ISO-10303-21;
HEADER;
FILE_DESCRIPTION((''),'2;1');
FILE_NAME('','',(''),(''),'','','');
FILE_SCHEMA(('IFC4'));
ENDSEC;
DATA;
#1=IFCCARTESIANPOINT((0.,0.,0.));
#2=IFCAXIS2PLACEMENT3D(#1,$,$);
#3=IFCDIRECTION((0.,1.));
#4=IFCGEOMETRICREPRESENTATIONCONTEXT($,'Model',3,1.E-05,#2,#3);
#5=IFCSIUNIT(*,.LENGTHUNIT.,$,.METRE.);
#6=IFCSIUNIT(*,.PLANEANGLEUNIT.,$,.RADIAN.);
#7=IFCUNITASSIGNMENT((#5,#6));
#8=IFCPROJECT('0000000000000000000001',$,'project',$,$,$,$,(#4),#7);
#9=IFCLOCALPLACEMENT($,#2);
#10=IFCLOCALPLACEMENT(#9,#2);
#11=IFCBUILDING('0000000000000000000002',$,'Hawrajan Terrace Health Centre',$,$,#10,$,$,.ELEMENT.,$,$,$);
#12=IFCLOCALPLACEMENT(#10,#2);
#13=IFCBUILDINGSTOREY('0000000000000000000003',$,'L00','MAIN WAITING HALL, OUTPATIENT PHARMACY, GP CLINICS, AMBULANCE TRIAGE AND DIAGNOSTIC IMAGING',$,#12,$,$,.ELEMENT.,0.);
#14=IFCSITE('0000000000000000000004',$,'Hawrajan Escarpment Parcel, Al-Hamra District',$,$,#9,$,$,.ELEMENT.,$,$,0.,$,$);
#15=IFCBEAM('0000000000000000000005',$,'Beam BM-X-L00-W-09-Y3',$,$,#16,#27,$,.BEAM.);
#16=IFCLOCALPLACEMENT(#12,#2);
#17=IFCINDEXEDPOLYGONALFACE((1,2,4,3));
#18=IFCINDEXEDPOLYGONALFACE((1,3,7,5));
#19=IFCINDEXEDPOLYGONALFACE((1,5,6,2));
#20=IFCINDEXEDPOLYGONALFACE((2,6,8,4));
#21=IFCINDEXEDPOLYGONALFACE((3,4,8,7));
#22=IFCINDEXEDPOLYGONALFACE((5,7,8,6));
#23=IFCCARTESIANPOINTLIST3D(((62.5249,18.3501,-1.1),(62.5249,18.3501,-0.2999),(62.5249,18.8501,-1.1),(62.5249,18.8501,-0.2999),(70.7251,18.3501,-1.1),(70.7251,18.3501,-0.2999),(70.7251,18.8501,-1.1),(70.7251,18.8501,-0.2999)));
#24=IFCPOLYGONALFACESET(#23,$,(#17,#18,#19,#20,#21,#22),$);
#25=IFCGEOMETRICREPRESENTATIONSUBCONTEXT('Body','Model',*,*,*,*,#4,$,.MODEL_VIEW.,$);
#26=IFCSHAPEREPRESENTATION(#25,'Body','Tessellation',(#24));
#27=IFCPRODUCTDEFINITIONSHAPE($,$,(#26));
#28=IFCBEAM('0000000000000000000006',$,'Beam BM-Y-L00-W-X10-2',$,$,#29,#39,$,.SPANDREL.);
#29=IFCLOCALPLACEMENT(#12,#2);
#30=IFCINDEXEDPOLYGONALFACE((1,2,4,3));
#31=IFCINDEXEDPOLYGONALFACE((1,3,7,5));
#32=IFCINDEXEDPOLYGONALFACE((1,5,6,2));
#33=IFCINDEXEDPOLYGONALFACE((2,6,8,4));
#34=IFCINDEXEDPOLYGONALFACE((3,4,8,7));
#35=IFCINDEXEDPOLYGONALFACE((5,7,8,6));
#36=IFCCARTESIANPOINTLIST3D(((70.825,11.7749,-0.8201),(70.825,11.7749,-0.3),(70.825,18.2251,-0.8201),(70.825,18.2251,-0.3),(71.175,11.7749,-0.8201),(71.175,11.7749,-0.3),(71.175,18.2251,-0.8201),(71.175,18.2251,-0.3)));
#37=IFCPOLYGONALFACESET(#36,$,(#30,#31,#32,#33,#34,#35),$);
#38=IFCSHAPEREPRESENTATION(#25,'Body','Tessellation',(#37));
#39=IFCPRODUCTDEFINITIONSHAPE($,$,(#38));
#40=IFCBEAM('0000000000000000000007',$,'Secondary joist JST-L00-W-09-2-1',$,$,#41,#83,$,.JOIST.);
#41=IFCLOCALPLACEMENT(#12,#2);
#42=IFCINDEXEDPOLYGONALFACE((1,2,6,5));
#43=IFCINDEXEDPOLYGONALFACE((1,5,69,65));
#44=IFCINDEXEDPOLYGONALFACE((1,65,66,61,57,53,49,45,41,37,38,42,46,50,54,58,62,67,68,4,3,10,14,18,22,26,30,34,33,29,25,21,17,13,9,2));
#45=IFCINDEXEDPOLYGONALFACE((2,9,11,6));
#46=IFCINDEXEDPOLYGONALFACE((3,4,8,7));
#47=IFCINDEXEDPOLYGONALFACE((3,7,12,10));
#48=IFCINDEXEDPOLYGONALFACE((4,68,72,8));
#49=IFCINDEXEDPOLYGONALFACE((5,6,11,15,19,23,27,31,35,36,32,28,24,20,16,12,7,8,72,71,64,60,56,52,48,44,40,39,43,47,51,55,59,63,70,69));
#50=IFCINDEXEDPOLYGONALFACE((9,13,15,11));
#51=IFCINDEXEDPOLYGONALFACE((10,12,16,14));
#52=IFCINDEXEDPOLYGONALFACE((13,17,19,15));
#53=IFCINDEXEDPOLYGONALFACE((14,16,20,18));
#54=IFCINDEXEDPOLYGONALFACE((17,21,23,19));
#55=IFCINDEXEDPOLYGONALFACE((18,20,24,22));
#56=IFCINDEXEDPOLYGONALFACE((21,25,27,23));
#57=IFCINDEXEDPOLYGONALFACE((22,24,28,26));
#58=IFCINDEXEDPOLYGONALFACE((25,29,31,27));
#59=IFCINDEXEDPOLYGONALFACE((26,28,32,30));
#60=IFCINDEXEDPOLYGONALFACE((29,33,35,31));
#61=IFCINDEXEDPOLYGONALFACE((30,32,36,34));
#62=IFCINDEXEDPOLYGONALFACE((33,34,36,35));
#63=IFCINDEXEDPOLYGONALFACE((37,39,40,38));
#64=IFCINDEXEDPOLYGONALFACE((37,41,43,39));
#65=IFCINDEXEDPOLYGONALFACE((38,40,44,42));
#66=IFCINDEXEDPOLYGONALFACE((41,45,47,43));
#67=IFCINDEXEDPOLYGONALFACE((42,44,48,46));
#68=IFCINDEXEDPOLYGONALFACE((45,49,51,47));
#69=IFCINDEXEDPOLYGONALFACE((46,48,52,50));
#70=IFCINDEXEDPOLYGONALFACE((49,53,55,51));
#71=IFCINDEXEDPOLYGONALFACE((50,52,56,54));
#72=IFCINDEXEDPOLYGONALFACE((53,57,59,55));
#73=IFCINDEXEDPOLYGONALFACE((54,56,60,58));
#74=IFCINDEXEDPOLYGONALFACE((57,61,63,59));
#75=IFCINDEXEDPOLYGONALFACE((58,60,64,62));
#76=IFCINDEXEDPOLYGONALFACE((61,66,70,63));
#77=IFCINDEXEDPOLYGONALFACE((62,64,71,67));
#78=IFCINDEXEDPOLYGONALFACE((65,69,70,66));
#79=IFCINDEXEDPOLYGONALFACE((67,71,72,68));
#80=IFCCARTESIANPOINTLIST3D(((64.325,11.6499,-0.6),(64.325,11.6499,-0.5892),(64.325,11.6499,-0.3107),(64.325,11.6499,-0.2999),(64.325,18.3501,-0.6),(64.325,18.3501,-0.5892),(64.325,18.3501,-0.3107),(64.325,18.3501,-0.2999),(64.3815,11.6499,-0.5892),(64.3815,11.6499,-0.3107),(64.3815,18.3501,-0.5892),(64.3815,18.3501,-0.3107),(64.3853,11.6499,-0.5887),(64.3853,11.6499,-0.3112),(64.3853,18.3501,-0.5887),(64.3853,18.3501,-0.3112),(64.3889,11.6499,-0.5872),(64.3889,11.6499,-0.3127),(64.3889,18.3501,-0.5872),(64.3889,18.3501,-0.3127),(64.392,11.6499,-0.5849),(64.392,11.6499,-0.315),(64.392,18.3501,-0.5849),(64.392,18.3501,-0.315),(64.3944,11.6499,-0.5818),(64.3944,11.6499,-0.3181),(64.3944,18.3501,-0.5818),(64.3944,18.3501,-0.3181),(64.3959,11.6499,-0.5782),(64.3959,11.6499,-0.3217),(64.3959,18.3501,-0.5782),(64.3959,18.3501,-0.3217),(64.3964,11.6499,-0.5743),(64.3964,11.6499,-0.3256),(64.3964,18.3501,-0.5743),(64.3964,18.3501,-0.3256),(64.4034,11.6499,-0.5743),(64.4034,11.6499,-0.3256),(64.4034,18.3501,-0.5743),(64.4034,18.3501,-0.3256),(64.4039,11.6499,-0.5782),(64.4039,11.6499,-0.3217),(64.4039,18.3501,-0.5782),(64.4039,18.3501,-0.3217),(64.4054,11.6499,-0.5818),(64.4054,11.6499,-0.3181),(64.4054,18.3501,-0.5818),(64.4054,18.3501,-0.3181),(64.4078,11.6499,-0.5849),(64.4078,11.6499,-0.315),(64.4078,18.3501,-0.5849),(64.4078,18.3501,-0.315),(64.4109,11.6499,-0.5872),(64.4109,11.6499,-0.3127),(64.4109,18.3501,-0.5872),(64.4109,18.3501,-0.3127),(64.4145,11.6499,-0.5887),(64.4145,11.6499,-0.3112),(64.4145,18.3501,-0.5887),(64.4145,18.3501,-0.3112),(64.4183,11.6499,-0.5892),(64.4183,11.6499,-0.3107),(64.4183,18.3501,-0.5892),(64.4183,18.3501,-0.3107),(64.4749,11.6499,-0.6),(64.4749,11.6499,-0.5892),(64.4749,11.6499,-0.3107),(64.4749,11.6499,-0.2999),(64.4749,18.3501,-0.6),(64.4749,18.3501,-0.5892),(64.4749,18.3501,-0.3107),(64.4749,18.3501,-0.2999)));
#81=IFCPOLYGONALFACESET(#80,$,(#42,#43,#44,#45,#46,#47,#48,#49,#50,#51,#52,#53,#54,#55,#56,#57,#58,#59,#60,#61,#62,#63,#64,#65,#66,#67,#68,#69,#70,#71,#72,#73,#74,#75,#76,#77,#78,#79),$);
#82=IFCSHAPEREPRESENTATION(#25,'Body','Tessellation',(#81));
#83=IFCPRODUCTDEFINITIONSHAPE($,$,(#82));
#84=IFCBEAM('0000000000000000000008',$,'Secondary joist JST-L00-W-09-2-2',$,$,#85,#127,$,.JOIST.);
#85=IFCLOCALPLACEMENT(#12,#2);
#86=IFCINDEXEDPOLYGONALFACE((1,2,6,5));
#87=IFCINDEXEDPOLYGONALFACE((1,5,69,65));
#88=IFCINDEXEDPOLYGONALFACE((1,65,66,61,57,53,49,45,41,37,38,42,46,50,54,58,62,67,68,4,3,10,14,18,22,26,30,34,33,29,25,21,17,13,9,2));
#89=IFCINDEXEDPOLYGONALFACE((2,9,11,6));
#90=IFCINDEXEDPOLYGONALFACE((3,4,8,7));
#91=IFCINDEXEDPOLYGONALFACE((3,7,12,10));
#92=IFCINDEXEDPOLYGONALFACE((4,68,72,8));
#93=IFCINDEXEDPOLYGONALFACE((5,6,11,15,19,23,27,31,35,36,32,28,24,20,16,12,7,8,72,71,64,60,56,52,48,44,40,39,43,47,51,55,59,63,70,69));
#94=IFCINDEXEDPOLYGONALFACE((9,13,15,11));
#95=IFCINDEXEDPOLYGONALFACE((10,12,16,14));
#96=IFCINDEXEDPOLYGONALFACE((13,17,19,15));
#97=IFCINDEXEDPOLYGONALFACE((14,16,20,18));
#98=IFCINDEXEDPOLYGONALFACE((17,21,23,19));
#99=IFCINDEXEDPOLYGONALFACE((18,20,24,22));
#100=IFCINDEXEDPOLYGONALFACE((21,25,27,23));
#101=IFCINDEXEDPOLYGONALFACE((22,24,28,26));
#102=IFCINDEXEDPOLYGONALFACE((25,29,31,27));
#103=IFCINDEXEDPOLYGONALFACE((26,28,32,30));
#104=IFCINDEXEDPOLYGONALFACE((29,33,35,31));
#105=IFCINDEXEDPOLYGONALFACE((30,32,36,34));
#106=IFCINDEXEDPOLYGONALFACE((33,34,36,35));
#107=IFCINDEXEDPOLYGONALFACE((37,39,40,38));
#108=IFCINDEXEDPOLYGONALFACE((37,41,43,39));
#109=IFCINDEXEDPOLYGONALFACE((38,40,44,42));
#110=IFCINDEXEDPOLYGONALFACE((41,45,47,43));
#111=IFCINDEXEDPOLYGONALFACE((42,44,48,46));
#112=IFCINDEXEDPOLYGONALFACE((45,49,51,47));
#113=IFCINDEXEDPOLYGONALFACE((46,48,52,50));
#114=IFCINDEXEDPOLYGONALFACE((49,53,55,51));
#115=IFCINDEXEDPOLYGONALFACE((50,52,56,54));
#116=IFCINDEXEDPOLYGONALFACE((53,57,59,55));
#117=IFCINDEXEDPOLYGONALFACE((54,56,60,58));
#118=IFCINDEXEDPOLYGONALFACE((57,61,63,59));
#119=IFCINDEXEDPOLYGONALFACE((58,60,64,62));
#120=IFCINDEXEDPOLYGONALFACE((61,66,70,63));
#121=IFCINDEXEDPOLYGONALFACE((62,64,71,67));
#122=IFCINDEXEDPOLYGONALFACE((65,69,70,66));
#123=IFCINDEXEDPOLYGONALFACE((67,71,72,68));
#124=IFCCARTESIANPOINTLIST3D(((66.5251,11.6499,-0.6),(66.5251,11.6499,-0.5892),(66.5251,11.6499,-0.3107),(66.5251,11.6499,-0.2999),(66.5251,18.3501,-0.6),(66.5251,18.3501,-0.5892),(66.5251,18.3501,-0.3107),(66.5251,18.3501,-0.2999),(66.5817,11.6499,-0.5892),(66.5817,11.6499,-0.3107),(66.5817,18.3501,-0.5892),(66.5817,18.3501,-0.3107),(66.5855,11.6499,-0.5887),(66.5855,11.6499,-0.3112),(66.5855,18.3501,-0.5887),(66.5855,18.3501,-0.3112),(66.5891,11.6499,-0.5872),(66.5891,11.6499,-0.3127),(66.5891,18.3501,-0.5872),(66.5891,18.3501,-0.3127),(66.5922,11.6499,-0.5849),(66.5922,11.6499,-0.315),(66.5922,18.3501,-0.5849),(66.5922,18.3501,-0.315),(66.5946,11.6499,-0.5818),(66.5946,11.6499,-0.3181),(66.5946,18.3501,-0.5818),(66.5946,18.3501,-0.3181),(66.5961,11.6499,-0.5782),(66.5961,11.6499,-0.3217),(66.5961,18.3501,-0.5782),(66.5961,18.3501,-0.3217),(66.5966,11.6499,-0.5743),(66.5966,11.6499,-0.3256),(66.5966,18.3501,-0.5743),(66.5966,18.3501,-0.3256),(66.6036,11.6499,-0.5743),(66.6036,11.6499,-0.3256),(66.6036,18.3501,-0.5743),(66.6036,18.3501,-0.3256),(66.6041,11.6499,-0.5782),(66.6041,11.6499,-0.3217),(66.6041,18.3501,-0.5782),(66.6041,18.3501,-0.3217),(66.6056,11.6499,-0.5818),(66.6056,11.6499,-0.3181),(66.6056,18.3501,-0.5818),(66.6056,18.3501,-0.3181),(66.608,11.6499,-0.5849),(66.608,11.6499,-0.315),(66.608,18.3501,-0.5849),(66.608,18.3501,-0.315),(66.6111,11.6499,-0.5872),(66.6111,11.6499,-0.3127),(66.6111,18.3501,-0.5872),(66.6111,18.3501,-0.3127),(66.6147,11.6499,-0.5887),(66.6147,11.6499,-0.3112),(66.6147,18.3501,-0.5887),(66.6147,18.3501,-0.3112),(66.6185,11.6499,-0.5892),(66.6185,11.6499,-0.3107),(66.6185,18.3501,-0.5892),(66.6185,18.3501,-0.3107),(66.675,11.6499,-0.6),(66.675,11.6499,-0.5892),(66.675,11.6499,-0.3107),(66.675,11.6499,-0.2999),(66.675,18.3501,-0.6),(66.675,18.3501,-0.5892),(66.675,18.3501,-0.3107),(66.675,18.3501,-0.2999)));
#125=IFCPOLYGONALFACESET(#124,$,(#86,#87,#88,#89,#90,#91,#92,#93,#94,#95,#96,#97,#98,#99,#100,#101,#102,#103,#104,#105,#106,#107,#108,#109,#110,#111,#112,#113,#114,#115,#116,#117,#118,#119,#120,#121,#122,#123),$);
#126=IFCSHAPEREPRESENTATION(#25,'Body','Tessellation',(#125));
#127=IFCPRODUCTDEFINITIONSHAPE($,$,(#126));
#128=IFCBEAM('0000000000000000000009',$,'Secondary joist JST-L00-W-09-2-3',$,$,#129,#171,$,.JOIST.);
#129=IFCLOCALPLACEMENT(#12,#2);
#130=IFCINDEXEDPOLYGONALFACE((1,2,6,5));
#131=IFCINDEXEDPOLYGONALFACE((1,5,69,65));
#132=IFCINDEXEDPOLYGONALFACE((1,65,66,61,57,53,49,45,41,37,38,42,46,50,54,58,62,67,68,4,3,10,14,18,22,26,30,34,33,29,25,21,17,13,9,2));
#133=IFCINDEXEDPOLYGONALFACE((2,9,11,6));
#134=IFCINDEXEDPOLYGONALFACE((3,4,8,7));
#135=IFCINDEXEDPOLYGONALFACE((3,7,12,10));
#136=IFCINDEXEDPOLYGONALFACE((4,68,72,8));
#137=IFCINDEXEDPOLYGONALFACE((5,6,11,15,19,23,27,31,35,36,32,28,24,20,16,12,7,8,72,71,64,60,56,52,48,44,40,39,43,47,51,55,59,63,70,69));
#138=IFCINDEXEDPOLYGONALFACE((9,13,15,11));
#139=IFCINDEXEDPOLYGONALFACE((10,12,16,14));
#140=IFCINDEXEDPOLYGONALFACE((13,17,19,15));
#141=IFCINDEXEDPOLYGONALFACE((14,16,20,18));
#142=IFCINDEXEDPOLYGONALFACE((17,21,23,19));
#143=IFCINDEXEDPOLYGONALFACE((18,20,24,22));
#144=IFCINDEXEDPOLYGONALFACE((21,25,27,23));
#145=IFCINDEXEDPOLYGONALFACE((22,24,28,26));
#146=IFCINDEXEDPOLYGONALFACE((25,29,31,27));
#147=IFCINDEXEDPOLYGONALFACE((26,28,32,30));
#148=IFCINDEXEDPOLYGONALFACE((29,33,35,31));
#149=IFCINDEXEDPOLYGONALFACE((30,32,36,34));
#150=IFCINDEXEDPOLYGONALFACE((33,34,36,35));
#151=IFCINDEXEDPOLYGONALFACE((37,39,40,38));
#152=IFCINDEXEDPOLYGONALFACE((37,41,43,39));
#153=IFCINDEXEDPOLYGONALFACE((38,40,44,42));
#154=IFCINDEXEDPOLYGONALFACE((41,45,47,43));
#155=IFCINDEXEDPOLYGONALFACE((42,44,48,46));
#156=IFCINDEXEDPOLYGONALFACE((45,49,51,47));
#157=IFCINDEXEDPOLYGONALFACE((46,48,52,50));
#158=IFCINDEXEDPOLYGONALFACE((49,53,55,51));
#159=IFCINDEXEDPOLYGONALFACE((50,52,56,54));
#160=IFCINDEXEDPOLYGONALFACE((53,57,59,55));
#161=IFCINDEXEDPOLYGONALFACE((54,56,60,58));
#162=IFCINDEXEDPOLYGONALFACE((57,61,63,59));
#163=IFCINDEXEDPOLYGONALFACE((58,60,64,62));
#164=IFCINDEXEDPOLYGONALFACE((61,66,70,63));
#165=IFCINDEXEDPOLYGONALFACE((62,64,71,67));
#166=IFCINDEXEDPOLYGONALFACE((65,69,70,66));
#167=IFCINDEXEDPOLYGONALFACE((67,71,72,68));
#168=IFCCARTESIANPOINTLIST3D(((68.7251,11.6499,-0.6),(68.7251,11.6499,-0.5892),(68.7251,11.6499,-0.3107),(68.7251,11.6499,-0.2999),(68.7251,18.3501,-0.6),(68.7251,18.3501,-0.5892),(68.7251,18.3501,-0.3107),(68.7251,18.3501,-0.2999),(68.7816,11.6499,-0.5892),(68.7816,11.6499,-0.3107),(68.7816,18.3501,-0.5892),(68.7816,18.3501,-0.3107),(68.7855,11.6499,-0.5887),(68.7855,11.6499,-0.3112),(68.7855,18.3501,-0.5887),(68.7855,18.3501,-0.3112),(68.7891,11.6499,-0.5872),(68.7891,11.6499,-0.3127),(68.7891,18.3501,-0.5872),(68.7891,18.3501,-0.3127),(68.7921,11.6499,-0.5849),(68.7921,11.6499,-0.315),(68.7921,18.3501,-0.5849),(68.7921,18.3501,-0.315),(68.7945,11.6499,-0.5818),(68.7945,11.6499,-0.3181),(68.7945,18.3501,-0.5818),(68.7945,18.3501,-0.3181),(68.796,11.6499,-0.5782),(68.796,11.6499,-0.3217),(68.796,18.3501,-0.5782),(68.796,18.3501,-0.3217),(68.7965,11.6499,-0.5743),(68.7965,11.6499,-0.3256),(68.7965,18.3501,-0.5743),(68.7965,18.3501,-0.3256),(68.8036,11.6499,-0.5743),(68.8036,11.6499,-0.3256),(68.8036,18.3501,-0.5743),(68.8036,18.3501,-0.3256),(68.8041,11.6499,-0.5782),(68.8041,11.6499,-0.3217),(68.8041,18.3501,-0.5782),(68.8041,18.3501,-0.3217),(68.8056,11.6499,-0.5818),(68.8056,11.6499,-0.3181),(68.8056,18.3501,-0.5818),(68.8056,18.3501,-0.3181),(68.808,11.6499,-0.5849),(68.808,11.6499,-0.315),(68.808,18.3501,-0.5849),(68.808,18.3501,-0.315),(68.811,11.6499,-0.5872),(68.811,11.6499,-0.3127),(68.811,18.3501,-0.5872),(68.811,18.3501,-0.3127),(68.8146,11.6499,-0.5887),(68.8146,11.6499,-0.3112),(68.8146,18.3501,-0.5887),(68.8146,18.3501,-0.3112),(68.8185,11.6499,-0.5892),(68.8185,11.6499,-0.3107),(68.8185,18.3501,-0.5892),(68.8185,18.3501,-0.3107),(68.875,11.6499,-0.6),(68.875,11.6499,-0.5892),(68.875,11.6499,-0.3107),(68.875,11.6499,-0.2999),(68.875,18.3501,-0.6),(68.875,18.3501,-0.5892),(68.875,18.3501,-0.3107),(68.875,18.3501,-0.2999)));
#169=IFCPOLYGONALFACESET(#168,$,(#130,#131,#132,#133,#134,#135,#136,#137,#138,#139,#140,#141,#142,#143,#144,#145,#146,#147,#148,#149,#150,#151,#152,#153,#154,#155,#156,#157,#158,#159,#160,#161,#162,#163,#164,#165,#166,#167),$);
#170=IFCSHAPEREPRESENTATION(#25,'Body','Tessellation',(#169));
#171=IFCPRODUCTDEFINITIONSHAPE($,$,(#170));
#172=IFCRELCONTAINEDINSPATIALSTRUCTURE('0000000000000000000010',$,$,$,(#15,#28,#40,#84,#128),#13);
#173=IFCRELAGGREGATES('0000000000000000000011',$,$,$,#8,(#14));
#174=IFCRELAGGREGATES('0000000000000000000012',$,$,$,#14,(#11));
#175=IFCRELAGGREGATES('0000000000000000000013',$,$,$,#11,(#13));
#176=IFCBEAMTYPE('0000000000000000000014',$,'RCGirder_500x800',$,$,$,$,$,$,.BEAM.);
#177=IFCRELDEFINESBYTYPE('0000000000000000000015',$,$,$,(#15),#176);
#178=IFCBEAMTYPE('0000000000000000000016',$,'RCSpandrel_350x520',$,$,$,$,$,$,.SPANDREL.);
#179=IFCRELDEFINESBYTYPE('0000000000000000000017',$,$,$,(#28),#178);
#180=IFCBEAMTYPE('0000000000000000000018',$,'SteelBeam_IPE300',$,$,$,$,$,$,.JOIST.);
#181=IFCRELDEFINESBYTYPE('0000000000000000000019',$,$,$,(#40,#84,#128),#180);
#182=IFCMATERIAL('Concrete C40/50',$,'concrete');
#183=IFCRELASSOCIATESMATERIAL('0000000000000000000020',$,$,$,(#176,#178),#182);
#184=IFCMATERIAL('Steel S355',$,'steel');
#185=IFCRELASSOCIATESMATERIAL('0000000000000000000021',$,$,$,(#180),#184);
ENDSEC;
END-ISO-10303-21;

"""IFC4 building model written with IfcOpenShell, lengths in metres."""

from ifc_helpers import new_model, si_unit, direction, frame, origin, origin_2d, place, context, subcontext, project, spatial, rectangle, i_section, extrude, material, material_profile, profile_set, type_object, element, save


model = new_model("IFC4")

# Units and contexts
model_context = context("Model", 3, precision=1e-05, world=origin(), true_north=direction((0.0, 1.0)))
body_context = subcontext(model_context, "Body", "Model", "MODEL_VIEW")
ifc_project = project(units=[si_unit("LENGTHUNIT", "METRE"), si_unit("PLANEANGLEUNIT", "RADIAN")], contexts=[model_context])

# Site, building, storey
site_placement = place(None, origin())
site = spatial("IfcSite", under=ifc_project, at=site_placement, Name="Hawrajan Escarpment Parcel, Al-Hamra District", CompositionType="ELEMENT", RefElevation=0.0)
building_placement = place(site_placement, origin())
building = spatial("IfcBuilding", under=site, at=building_placement, Name="Hawrajan Terrace Health Centre", CompositionType="ELEMENT")
storey_placement = place(building_placement, origin())
storey = spatial("IfcBuildingStorey", under=building, at=storey_placement, Name="L00", Description="MAIN WAITING HALL, OUTPATIENT PHARMACY, GP CLINICS, AMBULANCE TRIAGE AND DIAGNOSTIC IMAGING", CompositionType="ELEMENT", Elevation=0.0)

# Shared definitions
ifc_material_1 = material(Name="Concrete C40/50", Category="concrete")

# Beams
ifc_material_profile_1 = material_profile(ifc_material_1, rectangle(XDim=0.5, YDim=0.8, at=origin_2d()), Name="RC BM 500x800")
ifc_profile_set_1 = profile_set([ifc_material_profile_1], Name="Concrete C40/50")
beam_type_1 = type_object("IfcBeamType", Name="RCGirder_500x800", PredefinedType="BEAM", material=ifc_profile_set_1)
beam_1_placement = place(storey_placement, frame((62.5249, 18.6001, -0.7), z_axis=(1.0, 0.0, 0.0), x_axis=(0.0, 1.0, 0.0)))
element("IfcBeam", 1, at=beam_1_placement, inside=storey, type_object=beam_type_1, Name="Beam BM-X-L00-W-09-Y3", PredefinedType="BEAM", context=body_context, shape_type="SweptSolid", body=[
    extrude(rectangle(XDim=0.5, YDim=0.8, at=origin_2d()), origin(), (0.0, 0.0, 1.0), 8.2002),
])
ifc_material_profile_2 = material_profile(ifc_material_1, rectangle(XDim=0.3501, YDim=0.52, at=origin_2d()), Name="RC SP 350x520")
ifc_profile_set_2 = profile_set([ifc_material_profile_2], Name="Concrete C40/50")
beam_type_2 = type_object("IfcBeamType", Name="RCSpandrel_350x520", PredefinedType="SPANDREL", material=ifc_profile_set_2)
beam_2_placement = place(storey_placement, frame((71.0, 11.7749, -0.5601), z_axis=(0.0, 1.0, 0.0), x_axis=(-1.0, 0.0, 0.0)))
element("IfcBeam", 2, at=beam_2_placement, inside=storey, type_object=beam_type_2, Name="Beam BM-Y-L00-W-X10-2", PredefinedType="SPANDREL", context=body_context, shape_type="SweptSolid", body=[
    extrude(rectangle(XDim=0.3501, YDim=0.52, at=origin_2d()), origin(), (0.0, 0.0, 1.0), 6.4502),
])
ifc_material_2 = material(Name="Steel S355", Category="steel")
ifc_material_profile_3 = material_profile(ifc_material_2, i_section(OverallWidth=0.1499, OverallDepth=0.3, WebThickness=0.0071, FlangeThickness=0.0107, FilletRadius=0.0149, at=origin_2d()), Name="IPE 300")
ifc_profile_set_3 = profile_set([ifc_material_profile_3], Name="Steel S355")
beam_type_3 = type_object("IfcBeamType", Name="SteelBeam_IPE300", PredefinedType="JOIST", material=ifc_profile_set_3)
for number, where, z_axis, x_axis, name in (
    (3, (64.3999, 11.6499, -0.45), (0.0, 1.0, 0.0), (-1.0, 0.0, 0.0), "Secondary joist JST-L00-W-09-2-1"),
    (4, (66.6001, 11.6499, -0.45), (0.0, 1.0, 0.0), (-1.0, 0.0, 0.0), "Secondary joist JST-L00-W-09-2-2"),
    (5, (68.8, 11.6499, -0.45), (0.0, 1.0, 0.0), (-1.0, 0.0, 0.0), "Secondary joist JST-L00-W-09-2-3"),
):
    element("IfcBeam", number, at=place(storey_placement, frame(where, z_axis=z_axis, x_axis=x_axis)), inside=storey, type_object=beam_type_3, Name=name, PredefinedType="JOIST", context=body_context, shape_type="SweptSolid", body=[
        extrude(i_section(OverallWidth=0.1499, OverallDepth=0.3, WebThickness=0.0071, FlangeThickness=0.0107, FilletRadius=0.0149, at=origin_2d()), origin(), (0.0, 0.0, 1.0), 6.7002),
    ])

save(model, "model.ifc")
